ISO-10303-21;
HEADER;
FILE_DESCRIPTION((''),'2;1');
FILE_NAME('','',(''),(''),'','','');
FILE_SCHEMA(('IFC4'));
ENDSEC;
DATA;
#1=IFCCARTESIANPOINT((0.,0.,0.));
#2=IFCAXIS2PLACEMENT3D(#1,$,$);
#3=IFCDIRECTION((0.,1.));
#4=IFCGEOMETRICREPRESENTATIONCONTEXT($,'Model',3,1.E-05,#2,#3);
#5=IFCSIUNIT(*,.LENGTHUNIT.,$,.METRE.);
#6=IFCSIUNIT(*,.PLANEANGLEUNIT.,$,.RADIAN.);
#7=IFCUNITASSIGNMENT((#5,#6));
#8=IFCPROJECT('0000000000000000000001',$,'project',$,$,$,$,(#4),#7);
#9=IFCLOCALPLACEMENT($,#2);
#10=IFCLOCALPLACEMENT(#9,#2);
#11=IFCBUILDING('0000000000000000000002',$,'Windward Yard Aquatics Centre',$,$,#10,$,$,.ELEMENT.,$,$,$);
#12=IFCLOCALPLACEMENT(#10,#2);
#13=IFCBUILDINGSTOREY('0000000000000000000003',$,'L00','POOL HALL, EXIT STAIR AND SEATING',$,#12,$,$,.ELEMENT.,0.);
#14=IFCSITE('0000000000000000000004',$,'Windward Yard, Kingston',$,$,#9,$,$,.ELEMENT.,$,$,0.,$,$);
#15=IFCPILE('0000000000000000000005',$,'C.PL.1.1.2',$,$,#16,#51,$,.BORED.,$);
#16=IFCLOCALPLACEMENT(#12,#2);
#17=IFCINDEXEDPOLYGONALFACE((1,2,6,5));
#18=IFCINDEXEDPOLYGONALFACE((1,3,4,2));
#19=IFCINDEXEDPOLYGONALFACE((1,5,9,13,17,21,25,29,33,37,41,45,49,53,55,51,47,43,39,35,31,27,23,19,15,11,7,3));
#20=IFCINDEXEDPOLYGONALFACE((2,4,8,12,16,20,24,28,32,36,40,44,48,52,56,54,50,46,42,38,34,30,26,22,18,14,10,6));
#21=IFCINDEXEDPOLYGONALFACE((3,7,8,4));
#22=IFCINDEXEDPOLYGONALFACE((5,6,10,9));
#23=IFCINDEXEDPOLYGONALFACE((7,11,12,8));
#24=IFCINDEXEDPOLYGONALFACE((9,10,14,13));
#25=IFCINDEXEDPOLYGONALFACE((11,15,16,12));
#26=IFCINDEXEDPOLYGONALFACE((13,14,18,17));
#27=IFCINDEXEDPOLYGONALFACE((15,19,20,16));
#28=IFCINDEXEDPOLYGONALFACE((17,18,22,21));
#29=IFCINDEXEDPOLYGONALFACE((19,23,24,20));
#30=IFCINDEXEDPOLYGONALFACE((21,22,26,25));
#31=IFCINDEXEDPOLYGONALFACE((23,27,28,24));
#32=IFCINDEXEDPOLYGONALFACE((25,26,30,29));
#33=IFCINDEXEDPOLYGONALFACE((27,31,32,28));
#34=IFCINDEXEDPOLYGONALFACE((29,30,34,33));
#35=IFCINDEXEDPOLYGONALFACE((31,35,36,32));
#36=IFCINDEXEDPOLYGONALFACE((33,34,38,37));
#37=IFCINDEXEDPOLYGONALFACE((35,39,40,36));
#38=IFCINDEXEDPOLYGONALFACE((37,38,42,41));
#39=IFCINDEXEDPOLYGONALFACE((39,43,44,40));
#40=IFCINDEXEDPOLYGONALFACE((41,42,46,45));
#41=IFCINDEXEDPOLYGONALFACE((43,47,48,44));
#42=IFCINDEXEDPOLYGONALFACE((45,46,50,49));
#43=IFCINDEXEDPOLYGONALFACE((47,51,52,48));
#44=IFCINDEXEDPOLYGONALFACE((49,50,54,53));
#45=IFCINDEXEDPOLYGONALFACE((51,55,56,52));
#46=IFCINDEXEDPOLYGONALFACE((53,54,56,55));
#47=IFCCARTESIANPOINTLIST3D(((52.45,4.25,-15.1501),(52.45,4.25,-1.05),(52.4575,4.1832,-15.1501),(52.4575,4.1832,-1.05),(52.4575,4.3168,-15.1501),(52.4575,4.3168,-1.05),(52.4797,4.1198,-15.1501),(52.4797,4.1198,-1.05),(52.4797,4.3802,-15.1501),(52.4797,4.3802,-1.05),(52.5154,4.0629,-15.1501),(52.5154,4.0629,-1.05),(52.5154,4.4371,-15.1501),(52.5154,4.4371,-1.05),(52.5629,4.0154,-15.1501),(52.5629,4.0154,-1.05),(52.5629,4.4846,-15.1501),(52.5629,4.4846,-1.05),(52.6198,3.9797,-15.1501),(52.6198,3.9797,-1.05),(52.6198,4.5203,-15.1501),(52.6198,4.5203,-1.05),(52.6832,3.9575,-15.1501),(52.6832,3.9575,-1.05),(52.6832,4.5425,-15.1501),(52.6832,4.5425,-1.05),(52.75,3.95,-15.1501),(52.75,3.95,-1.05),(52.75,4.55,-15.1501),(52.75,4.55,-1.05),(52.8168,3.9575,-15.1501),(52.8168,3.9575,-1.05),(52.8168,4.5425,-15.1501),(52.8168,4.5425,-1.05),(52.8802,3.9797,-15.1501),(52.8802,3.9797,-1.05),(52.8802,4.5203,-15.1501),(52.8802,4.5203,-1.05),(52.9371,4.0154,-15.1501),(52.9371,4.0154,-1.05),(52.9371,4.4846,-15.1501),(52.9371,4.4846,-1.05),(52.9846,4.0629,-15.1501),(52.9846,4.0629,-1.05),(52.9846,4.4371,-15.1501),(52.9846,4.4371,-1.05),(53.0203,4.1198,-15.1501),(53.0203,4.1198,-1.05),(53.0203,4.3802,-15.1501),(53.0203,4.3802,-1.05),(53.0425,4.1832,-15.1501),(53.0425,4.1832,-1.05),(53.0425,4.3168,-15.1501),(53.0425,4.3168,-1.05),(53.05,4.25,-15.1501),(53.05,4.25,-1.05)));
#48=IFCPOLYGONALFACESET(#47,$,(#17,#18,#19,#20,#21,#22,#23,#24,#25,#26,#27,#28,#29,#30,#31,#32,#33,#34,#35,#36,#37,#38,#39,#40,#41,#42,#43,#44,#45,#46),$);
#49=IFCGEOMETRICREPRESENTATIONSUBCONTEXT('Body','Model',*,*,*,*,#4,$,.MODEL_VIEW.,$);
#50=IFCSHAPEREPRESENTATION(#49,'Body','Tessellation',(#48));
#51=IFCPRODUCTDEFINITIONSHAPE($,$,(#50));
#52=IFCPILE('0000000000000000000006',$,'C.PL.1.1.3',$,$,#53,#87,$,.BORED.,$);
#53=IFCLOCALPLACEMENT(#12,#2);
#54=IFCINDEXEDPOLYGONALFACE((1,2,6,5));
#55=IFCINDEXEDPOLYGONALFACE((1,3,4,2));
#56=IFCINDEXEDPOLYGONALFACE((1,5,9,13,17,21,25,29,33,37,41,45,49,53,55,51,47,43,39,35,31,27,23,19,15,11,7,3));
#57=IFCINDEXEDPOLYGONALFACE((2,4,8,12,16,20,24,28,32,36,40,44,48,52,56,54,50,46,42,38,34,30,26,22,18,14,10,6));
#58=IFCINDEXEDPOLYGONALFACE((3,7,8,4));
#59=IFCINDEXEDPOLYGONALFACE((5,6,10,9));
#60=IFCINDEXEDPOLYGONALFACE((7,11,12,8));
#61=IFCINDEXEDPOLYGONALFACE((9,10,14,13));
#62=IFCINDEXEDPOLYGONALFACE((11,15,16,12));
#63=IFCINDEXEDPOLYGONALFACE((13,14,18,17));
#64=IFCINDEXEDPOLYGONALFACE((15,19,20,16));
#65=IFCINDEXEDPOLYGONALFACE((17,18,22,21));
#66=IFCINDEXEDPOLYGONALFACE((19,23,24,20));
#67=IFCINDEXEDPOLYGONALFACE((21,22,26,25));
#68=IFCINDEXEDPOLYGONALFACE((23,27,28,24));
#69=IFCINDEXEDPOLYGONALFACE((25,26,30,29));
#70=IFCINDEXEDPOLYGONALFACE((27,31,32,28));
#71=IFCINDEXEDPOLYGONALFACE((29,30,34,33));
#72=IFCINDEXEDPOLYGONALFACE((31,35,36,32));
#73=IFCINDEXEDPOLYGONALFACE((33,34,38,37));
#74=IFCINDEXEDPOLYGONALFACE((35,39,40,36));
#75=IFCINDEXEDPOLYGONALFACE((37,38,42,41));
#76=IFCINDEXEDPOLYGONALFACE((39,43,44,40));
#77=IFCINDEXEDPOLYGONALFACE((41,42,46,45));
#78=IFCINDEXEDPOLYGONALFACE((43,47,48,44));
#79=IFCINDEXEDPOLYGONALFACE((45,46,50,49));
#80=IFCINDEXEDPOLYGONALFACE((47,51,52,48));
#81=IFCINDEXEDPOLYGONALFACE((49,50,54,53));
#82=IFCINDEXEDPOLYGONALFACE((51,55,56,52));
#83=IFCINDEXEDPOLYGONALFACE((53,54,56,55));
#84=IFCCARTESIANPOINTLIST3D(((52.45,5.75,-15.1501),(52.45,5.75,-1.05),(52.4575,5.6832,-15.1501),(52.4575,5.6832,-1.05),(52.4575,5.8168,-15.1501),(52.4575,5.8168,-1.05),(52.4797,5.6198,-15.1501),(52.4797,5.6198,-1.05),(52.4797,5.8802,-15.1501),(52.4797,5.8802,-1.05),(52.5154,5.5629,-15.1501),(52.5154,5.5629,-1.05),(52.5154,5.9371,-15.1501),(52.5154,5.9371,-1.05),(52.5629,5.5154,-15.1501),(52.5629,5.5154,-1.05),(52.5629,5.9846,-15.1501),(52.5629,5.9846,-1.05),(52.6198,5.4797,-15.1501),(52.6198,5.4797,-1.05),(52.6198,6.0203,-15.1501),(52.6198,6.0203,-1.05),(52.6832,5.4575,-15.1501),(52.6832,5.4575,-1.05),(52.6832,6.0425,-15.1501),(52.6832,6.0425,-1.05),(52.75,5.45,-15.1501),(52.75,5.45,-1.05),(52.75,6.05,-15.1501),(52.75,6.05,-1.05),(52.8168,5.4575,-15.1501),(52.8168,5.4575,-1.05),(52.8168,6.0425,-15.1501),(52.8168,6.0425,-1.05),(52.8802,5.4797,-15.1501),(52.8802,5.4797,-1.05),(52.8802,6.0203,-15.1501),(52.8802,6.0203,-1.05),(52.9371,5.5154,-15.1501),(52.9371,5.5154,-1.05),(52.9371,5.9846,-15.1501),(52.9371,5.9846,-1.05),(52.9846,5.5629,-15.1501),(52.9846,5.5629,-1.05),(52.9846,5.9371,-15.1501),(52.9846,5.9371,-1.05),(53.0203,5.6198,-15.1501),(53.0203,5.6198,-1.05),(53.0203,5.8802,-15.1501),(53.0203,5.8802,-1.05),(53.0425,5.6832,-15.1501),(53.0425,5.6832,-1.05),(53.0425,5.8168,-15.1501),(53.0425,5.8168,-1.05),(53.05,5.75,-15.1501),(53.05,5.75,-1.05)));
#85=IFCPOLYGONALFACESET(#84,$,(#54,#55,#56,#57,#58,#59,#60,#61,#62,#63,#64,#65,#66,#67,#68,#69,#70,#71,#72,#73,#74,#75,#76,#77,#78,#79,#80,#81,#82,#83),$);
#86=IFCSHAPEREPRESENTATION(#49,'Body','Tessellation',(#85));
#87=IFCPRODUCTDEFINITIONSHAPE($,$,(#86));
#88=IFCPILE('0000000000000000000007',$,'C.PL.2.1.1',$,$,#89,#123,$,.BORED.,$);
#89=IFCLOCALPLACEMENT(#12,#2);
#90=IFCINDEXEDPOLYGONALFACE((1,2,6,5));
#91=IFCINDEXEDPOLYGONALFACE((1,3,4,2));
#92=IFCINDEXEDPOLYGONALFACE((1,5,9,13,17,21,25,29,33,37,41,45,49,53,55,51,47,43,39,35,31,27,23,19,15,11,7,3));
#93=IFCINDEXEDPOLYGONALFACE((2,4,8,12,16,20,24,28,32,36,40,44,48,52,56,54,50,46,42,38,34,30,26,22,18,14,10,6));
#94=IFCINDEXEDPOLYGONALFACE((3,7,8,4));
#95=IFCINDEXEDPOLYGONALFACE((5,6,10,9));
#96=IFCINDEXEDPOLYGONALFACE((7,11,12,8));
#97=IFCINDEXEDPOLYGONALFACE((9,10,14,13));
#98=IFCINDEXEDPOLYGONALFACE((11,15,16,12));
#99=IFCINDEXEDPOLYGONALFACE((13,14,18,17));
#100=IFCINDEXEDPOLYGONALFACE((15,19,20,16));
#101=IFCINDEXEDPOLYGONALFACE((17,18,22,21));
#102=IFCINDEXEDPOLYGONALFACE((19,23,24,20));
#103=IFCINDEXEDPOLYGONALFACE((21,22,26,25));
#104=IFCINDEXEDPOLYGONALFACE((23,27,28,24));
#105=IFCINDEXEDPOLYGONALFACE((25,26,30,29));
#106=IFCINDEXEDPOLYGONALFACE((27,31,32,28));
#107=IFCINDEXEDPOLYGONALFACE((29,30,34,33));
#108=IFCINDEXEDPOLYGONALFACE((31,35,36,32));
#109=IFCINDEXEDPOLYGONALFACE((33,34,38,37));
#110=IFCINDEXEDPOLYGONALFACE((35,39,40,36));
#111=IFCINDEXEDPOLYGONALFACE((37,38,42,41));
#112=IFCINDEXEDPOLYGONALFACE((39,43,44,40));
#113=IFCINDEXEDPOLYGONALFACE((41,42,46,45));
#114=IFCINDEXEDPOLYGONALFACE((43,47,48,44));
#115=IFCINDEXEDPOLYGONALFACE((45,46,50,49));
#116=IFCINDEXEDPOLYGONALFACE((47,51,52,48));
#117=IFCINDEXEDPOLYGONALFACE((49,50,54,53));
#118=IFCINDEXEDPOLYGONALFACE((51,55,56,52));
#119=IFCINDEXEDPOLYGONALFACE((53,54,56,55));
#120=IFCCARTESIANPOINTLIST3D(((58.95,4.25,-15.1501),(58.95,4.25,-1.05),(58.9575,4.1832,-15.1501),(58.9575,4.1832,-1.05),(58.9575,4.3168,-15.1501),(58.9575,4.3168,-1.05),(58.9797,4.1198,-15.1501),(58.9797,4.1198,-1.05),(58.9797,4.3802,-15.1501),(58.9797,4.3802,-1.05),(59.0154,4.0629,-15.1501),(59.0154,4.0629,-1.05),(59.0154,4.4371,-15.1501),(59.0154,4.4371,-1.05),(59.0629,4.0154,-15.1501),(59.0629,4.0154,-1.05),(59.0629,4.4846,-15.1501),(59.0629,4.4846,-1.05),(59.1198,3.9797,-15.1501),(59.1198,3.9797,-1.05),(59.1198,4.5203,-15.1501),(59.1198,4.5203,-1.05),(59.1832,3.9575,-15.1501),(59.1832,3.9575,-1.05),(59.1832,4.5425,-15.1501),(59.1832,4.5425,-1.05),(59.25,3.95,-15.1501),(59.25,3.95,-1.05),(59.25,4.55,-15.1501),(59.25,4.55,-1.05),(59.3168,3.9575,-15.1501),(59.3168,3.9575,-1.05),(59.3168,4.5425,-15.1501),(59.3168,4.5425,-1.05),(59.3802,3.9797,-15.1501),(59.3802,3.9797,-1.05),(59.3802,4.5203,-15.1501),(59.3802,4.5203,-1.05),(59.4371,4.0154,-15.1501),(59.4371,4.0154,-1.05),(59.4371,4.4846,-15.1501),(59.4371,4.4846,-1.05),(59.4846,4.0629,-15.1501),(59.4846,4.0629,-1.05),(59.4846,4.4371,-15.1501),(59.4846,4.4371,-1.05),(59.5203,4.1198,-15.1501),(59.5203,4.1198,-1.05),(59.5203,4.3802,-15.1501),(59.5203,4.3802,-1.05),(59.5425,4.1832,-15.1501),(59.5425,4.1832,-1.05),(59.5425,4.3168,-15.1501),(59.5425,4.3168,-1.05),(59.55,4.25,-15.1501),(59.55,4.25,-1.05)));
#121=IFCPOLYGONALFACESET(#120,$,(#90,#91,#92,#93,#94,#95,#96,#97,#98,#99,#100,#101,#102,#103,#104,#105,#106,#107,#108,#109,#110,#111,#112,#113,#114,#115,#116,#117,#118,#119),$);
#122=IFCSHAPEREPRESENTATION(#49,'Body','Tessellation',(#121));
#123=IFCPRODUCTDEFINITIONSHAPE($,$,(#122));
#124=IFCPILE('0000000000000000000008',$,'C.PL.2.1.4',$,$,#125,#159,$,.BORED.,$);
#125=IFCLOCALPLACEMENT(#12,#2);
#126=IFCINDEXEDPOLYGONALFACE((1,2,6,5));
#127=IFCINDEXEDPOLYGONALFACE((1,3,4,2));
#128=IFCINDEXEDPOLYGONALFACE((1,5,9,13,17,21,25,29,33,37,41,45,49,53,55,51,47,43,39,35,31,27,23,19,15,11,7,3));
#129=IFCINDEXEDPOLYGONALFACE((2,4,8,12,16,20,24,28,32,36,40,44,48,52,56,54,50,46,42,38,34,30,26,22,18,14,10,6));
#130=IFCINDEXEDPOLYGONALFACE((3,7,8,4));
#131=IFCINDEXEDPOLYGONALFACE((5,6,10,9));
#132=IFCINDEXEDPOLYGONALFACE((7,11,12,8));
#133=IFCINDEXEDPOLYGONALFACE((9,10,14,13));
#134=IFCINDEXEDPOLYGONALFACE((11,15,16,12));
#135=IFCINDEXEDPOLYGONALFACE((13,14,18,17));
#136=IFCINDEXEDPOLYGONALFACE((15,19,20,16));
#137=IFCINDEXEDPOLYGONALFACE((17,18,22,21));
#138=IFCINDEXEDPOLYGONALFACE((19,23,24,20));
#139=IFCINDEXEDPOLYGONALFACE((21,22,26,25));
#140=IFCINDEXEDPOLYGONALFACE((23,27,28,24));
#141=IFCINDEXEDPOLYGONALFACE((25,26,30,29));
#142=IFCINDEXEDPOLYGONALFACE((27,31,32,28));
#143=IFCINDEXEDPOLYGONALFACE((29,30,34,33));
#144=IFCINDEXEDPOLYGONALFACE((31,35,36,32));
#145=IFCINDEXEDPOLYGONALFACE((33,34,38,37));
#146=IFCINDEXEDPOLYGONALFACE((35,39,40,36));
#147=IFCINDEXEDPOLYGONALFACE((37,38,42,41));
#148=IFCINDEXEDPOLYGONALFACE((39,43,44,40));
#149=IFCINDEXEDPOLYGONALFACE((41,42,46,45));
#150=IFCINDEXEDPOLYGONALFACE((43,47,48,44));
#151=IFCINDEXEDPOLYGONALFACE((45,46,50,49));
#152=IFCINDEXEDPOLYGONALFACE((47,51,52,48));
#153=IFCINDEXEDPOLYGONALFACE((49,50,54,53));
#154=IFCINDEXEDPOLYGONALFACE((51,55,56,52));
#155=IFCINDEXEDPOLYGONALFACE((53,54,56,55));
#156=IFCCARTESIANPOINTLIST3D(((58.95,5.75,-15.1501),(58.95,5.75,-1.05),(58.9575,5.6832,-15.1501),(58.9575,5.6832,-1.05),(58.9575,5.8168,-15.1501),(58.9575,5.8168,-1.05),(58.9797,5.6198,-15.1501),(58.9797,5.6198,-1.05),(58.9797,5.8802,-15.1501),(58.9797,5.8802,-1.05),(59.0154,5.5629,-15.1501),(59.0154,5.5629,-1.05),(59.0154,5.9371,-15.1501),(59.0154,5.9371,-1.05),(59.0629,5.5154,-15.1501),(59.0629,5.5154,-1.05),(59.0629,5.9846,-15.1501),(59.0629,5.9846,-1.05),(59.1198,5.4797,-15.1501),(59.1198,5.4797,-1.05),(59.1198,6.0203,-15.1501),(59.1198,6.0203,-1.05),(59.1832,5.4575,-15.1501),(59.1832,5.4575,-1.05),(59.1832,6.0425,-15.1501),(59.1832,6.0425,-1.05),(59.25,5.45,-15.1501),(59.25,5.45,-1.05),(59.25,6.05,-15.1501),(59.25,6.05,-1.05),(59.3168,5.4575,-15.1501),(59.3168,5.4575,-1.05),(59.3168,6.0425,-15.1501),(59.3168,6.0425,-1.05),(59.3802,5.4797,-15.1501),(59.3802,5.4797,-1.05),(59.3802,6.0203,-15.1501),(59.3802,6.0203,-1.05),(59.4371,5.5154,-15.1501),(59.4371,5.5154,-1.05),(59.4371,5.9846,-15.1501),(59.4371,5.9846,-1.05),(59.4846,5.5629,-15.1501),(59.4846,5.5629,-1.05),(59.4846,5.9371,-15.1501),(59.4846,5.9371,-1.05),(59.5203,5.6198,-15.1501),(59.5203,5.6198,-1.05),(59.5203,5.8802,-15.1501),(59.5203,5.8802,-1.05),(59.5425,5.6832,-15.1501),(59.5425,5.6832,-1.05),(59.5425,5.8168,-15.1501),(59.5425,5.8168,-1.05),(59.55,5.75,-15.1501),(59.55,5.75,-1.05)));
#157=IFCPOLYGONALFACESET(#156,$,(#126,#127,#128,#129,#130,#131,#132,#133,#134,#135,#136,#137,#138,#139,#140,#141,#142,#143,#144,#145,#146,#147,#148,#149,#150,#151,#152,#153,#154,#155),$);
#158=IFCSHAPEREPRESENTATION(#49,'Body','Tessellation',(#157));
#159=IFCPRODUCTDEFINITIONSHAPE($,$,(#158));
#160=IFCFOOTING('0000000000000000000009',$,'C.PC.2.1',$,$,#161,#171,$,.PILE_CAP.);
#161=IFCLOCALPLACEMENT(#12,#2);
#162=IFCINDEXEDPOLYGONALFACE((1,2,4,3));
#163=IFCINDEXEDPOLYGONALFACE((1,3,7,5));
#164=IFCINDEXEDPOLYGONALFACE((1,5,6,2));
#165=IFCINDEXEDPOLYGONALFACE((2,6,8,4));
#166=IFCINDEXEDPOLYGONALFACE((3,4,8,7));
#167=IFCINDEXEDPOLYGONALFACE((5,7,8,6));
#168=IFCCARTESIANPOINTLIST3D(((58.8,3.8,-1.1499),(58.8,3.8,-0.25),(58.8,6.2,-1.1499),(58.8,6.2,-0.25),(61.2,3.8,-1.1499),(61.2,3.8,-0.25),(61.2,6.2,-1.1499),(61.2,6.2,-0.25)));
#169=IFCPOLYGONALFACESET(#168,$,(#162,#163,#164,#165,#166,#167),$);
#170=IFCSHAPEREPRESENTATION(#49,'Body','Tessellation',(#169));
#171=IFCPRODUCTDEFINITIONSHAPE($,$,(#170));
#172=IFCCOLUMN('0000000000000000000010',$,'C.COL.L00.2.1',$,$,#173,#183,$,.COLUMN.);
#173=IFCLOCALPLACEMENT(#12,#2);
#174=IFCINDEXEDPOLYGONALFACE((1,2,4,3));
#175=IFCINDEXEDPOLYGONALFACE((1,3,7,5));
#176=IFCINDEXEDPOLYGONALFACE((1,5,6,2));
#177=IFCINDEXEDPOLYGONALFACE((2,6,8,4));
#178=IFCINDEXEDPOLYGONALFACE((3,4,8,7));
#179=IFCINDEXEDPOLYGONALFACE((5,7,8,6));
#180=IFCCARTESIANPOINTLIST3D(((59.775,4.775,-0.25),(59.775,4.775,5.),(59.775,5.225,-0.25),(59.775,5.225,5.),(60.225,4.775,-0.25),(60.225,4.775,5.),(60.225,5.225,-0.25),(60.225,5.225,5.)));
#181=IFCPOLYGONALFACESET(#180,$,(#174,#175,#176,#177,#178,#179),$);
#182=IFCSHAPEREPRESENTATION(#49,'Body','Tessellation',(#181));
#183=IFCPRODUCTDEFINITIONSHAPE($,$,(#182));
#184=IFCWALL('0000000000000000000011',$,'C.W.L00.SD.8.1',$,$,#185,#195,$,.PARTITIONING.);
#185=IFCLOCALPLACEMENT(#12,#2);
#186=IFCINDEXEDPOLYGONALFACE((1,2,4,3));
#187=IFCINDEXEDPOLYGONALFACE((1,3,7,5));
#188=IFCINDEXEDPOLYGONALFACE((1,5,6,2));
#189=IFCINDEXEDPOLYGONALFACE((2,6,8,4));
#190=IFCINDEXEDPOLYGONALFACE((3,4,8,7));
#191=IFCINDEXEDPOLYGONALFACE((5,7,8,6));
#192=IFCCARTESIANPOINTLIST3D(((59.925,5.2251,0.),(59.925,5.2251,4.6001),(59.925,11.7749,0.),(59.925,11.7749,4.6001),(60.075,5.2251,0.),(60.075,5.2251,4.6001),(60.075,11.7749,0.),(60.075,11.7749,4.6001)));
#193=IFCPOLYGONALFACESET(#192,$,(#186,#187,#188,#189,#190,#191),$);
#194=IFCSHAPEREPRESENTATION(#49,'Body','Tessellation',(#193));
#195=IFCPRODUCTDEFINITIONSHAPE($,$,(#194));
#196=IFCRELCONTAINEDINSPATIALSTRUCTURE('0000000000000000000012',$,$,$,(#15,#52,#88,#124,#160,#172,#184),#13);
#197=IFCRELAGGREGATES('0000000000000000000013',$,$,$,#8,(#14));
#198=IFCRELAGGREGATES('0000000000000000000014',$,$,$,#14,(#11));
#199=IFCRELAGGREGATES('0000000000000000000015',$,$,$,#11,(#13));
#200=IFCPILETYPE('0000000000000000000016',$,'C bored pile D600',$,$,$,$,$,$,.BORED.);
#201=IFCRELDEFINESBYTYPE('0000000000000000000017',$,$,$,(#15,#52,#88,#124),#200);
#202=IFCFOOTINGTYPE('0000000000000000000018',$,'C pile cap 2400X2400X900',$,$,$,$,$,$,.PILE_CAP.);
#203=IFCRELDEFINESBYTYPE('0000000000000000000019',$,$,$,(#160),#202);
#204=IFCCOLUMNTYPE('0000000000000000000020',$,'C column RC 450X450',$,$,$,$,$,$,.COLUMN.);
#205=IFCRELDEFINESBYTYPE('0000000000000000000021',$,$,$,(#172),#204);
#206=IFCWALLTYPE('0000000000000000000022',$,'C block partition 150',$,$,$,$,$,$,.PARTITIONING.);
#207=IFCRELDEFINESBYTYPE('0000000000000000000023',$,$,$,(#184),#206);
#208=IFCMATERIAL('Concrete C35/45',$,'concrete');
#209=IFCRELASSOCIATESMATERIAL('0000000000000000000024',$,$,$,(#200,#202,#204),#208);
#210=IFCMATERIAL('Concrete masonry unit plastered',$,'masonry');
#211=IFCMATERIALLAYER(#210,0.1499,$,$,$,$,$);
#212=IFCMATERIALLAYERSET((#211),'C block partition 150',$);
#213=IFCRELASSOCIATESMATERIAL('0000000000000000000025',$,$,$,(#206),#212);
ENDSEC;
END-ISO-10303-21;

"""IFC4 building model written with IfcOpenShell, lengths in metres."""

from ifc_helpers import new_model, si_unit, direction, frame, frame_2d, origin, origin_2d, place, context, subcontext, project, spatial, rectangle, circle, extrude, material, layer, layer_set, material_profile, profile_set, type_object, element, save


model = new_model("IFC4")

# Units and contexts
model_context = context("Model", 3, precision=1e-05, world=origin(), true_north=direction((0.0, 1.0)))
body_context = subcontext(model_context, "Body", "Model", "MODEL_VIEW")
ifc_project = project(units=[si_unit("LENGTHUNIT", "METRE"), si_unit("PLANEANGLEUNIT", "RADIAN")], contexts=[model_context])

# Site, building, storey
site_placement = place(None, origin())
site = spatial("IfcSite", under=ifc_project, at=site_placement, Name="Windward Yard, Kingston", CompositionType="ELEMENT", RefElevation=0.0)
building_placement = place(site_placement, origin())
building = spatial("IfcBuilding", under=site, at=building_placement, Name="Windward Yard Aquatics Centre", CompositionType="ELEMENT")
storey_placement = place(building_placement, origin())
storey = spatial("IfcBuildingStorey", under=building, at=storey_placement, Name="L00", Description="POOL HALL, EXIT STAIR AND SEATING", CompositionType="ELEMENT", Elevation=0.0)

# Piles
ifc_material_1 = material(Name="Concrete C35/45", Category="concrete")
ifc_material_profile_1 = material_profile(ifc_material_1, circle(Radius=0.3, at=origin_2d()), Name="RC D600")
ifc_profile_set_1 = profile_set([ifc_material_profile_1], Name="Concrete C35/45")
pile_type = type_object("IfcPileType", Name="C bored pile D600", PredefinedType="BORED", material=ifc_profile_set_1)
for number, where, z_axis, x_axis, name in (
    (1, (52.75, 4.25, -1.05), (0.0, 0.0, -1.0), (1.0, 0.0, 0.0), "C.PL.1.1.2"),
    (2, (52.75, 5.75, -1.05), (0.0, 0.0, -1.0), (1.0, 0.0, 0.0), "C.PL.1.1.3"),
    (3, (59.25, 4.25, -1.05), (0.0, 0.0, -1.0), (1.0, 0.0, 0.0), "C.PL.2.1.1"),
    (4, (59.25, 5.75, -1.05), (0.0, 0.0, -1.0), (1.0, 0.0, 0.0), "C.PL.2.1.4"),
):
    element("IfcPile", number, at=place(storey_placement, frame(where, z_axis=z_axis, x_axis=x_axis)), inside=storey, type_object=pile_type, Name=name, PredefinedType="BORED", context=body_context, shape_type="SweptSolid", body=[
        extrude(circle(Radius=0.3, at=origin_2d()), origin(), (0.0, 0.0, 1.0), 14.1001),
    ])

# Footing
footing_type = type_object("IfcFootingType", Name="C pile cap 2400X2400X900", PredefinedType="PILE_CAP", material=ifc_material_1)
footing_placement = place(storey_placement, frame((60.0, 5.0, -1.1499), z_axis=(0.0, 0.0, 1.0), x_axis=(1.0, 0.0, 0.0)))
element("IfcFooting", 5, at=footing_placement, inside=storey, type_object=footing_type, Name="C.PC.2.1", PredefinedType="PILE_CAP", context=body_context, shape_type="SweptSolid", body=[
    extrude(rectangle(XDim=2.3999, YDim=2.3999, at=origin_2d()), origin(), (0.0, 0.0, 1.0), 0.8999),
])

# Column
ifc_material_profile_2 = material_profile(ifc_material_1, rectangle(XDim=0.45, YDim=0.45, at=origin_2d()), Name="RC 450X450")
ifc_profile_set_2 = profile_set([ifc_material_profile_2], Name="Concrete C35/45")
column_type = type_object("IfcColumnType", Name="C column RC 450X450", PredefinedType="COLUMN", material=ifc_profile_set_2)
column_placement = place(storey_placement, frame((60.0, 5.0, -0.25), z_axis=(0.0, 0.0, 1.0), x_axis=(1.0, 0.0, 0.0)))
element("IfcColumn", 6, at=column_placement, inside=storey, type_object=column_type, Name="C.COL.L00.2.1", PredefinedType="COLUMN", context=body_context, shape_type="SweptSolid", body=[
    extrude(rectangle(XDim=0.45, YDim=0.45, at=origin_2d()), origin(), (0.0, 0.0, 1.0), 5.25),
])

# Wall
ifc_material_2 = material(Name="Concrete masonry unit plastered", Category="masonry")
ifc_layer_1 = layer(ifc_material_2, 0.1499)
ifc_layer_set_1 = layer_set([ifc_layer_1], Name="C block partition 150")
wall_type_1 = type_object("IfcWallType", Name="C block partition 150", PredefinedType="PARTITIONING", material=ifc_layer_set_1)
wall_1_placement = place(storey_placement, frame((60.0, 5.2251, 0.0), z_axis=(0.0, 0.0, 1.0), x_axis=(0.0, 1.0, 0.0)))
element("IfcWall", 7, at=wall_1_placement, inside=storey, type_object=wall_type_1, Name="C.W.L00.SD.8.1", PredefinedType="PARTITIONING", context=body_context, shape_type="SweptSolid", body=[
    extrude(rectangle(XDim=6.5498, YDim=0.1499, at=frame_2d((3.2749, 0.0))), origin(), (0.0, 0.0, 1.0), 4.6001),
])

save(model, "model.ifc")
